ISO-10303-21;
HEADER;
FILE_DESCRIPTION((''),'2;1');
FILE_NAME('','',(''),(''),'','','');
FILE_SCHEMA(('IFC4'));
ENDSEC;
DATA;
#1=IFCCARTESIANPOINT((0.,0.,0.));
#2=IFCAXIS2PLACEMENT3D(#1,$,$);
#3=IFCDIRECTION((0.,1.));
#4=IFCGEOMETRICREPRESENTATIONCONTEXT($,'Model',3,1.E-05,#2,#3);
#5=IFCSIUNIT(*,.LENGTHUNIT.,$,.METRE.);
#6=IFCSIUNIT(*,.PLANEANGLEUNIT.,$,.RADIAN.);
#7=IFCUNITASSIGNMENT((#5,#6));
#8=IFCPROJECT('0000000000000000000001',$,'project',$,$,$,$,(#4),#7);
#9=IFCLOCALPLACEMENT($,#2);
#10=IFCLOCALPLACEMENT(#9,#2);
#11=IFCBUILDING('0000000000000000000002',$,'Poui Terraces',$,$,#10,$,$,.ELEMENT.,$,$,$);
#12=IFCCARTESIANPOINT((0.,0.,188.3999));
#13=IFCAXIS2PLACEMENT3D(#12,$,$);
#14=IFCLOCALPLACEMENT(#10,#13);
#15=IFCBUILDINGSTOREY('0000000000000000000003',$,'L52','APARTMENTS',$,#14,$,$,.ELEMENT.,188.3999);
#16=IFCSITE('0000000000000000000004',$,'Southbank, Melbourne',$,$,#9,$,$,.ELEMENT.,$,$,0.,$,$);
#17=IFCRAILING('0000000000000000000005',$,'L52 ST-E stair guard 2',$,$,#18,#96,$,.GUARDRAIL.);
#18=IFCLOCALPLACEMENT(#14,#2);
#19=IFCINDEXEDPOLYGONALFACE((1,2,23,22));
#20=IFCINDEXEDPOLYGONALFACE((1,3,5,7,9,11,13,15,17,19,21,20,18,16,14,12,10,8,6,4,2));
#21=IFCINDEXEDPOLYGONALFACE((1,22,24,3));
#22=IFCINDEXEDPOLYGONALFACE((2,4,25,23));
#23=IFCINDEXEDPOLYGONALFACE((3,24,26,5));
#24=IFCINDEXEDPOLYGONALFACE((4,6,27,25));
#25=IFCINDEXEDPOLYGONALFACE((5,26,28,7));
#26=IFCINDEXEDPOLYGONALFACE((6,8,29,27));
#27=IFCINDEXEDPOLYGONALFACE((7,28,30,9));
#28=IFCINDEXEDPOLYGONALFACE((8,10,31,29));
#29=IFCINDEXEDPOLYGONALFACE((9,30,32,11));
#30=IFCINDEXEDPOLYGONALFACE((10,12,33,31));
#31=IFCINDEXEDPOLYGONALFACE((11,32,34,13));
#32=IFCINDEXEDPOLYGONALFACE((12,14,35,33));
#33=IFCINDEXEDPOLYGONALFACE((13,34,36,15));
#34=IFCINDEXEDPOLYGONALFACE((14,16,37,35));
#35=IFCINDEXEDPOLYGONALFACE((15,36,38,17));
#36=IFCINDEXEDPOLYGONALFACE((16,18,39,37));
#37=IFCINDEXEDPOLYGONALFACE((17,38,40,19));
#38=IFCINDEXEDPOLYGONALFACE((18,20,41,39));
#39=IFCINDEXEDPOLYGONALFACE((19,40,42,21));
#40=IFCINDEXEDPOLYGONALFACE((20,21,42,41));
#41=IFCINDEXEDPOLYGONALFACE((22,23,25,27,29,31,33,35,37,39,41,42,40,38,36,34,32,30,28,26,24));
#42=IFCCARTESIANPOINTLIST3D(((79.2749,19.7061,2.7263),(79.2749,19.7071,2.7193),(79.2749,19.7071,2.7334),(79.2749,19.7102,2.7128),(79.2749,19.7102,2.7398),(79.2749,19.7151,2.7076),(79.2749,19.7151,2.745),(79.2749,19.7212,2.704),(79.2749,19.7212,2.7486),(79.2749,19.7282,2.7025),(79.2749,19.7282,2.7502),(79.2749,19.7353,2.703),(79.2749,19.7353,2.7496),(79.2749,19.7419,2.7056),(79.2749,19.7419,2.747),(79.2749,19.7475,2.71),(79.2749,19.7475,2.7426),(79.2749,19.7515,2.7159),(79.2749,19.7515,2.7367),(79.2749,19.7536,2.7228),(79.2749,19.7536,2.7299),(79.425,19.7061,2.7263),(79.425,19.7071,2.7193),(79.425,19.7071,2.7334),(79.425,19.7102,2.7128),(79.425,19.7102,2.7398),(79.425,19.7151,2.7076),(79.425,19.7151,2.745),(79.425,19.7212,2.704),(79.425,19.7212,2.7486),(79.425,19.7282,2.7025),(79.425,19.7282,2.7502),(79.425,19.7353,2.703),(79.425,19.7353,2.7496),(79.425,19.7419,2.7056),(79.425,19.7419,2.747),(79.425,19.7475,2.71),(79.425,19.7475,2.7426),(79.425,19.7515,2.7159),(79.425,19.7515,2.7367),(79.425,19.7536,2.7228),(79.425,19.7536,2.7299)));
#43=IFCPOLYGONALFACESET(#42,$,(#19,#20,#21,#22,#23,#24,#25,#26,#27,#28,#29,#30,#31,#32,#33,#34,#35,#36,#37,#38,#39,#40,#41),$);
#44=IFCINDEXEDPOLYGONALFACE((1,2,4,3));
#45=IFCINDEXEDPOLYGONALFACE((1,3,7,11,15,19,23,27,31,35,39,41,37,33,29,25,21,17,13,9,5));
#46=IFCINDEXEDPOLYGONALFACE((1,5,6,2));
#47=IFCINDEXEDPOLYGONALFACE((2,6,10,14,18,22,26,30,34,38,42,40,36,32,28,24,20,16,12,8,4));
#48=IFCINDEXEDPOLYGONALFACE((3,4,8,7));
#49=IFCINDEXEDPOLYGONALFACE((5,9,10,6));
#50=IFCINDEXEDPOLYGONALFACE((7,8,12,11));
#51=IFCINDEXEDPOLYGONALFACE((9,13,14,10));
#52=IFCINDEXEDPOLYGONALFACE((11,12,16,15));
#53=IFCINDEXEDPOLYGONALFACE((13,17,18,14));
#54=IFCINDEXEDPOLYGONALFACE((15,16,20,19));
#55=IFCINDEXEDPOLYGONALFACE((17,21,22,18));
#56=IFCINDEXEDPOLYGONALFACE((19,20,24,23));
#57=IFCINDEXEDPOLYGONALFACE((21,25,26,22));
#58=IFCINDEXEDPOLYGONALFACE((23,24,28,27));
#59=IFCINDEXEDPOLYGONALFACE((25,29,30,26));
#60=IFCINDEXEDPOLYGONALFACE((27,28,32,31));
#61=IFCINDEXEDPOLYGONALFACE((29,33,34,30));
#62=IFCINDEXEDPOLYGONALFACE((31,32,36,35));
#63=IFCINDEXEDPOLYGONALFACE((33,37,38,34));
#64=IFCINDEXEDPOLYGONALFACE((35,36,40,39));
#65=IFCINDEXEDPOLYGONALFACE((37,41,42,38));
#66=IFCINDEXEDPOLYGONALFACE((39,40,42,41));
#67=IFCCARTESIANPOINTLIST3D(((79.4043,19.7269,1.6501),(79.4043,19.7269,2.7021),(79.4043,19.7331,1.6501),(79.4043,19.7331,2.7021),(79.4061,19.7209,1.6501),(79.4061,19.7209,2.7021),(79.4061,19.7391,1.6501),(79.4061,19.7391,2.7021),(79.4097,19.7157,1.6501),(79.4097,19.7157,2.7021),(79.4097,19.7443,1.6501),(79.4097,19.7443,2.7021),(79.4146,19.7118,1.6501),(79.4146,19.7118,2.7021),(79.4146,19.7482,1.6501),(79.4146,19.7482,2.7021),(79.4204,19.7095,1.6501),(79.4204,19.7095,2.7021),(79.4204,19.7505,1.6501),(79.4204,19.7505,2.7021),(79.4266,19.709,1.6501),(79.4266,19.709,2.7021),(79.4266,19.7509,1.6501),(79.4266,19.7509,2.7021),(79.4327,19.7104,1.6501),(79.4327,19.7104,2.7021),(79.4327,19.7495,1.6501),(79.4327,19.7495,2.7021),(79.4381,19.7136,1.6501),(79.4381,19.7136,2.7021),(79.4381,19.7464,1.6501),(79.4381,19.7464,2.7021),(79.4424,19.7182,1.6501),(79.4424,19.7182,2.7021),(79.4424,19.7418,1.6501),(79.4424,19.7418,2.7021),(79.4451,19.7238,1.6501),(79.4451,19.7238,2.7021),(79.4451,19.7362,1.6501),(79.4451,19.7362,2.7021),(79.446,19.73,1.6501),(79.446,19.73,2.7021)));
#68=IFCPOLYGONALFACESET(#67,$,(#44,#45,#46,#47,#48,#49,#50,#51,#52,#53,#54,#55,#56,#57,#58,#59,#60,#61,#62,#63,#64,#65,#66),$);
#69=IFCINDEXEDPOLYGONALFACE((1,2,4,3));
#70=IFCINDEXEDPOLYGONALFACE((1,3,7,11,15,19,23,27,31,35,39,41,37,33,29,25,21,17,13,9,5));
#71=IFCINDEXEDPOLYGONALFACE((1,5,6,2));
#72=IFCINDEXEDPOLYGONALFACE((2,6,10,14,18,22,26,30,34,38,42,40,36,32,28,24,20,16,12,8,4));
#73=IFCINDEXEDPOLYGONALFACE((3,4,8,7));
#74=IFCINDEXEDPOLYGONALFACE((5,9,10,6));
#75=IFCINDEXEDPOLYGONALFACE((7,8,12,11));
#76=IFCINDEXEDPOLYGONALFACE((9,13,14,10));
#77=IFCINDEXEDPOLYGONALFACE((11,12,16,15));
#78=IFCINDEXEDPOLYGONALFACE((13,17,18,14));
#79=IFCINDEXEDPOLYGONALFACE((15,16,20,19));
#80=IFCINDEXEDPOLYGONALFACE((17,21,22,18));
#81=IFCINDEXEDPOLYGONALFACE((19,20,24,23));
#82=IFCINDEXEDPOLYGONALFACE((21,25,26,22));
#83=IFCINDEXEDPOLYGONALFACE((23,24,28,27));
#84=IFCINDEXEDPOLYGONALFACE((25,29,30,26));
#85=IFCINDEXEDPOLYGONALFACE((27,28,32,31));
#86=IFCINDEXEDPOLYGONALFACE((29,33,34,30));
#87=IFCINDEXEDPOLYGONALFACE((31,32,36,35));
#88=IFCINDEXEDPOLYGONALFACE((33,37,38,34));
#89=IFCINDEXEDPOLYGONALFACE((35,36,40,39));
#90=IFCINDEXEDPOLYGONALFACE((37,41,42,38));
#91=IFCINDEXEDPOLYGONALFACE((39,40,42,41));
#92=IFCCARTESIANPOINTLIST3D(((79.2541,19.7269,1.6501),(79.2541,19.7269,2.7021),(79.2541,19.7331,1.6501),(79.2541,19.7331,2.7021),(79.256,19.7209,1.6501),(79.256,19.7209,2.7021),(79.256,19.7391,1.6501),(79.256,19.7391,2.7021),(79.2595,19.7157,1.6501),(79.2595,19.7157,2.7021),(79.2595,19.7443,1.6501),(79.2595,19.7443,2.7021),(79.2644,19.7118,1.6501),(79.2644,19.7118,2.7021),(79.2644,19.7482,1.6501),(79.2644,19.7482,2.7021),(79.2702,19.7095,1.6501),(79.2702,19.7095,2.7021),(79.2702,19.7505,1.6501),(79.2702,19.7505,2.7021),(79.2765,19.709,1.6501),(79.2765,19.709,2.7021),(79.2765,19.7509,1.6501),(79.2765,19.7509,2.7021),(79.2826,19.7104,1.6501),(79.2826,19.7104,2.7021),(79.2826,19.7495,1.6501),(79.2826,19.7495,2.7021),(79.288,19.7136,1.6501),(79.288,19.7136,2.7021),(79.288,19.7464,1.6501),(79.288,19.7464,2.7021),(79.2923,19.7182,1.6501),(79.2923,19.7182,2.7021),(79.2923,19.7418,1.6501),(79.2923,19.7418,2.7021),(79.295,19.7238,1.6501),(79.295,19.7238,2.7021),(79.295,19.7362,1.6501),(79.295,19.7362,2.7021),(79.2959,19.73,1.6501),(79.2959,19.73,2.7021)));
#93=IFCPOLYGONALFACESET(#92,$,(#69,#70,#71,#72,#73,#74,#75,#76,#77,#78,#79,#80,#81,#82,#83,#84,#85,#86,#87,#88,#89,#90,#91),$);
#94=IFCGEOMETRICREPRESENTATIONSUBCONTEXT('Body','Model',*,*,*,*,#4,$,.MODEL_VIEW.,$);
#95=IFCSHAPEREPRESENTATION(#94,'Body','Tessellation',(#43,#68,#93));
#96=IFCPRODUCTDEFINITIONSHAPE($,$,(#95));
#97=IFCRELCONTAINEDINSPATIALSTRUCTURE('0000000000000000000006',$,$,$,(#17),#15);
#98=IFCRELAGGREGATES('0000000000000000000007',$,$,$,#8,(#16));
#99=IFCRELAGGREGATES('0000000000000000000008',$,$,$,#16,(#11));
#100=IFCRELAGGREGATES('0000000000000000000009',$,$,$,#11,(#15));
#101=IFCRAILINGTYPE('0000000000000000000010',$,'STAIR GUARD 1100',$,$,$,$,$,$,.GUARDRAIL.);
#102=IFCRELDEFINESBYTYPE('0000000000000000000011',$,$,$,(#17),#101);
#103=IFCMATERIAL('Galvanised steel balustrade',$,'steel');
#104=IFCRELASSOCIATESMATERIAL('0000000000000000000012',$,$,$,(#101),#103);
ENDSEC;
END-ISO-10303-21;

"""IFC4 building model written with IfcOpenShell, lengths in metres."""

from ifc_helpers import new_model, si_unit, direction, frame, origin, origin_2d, place, context, subcontext, project, spatial, circle, extrude, material, type_object, element, save


model = new_model("IFC4")

# Units and contexts
model_context = context("Model", 3, precision=1e-05, world=origin(), true_north=direction((0.0, 1.0)))
body_context = subcontext(model_context, "Body", "Model", "MODEL_VIEW")
ifc_project = project(units=[si_unit("LENGTHUNIT", "METRE"), si_unit("PLANEANGLEUNIT", "RADIAN")], contexts=[model_context])

# Site, building, storey
site_placement = place(None, origin())
site = spatial("IfcSite", under=ifc_project, at=site_placement, Name="Southbank, Melbourne", CompositionType="ELEMENT", RefElevation=0.0)
building_placement = place(site_placement, origin())
building = spatial("IfcBuilding", under=site, at=building_placement, Name="Poui Terraces", CompositionType="ELEMENT")
storey_placement = place(building_placement, frame((0.0, 0.0, 188.3999)))
storey = spatial("IfcBuildingStorey", under=building, at=storey_placement, Name="L52", Description="APARTMENTS", CompositionType="ELEMENT", Elevation=188.3999)

# Railing
ifc_material_1 = material(Name="Galvanised steel balustrade", Category="steel")
railing_type = type_object("IfcRailingType", Name="STAIR GUARD 1100", PredefinedType="GUARDRAIL", material=ifc_material_1)
for number, where, name in (
    (1, (79.425, 19.73, 1.6501), "L52 ST-E stair guard 2"),
):
    element("IfcRailing", number, at=place(storey_placement, frame(where)), inside=storey, type_object=railing_type, Name=name, PredefinedType="GUARDRAIL", context=body_context, shape_type="SweptSolid", body=[
        extrude(circle(Radius=0.0239, at=origin_2d()), frame((0.0, 0.0, 1.0762), z_axis=(-1.0, 0.0, 0.0), x_axis=(0.0, -1.0, 0.0)), (0.0, 0.0, 1.0), 0.1501),
        extrude(circle(Radius=0.021, at=origin_2d()), origin(), (0.0, 0.0, 1.0), 1.052),
        extrude(circle(Radius=0.021, at=origin_2d()), frame((-0.1501, 0.0, 0.0)), (0.0, 0.0, 1.0), 1.052),
    ])

save(model, "model.ifc")
